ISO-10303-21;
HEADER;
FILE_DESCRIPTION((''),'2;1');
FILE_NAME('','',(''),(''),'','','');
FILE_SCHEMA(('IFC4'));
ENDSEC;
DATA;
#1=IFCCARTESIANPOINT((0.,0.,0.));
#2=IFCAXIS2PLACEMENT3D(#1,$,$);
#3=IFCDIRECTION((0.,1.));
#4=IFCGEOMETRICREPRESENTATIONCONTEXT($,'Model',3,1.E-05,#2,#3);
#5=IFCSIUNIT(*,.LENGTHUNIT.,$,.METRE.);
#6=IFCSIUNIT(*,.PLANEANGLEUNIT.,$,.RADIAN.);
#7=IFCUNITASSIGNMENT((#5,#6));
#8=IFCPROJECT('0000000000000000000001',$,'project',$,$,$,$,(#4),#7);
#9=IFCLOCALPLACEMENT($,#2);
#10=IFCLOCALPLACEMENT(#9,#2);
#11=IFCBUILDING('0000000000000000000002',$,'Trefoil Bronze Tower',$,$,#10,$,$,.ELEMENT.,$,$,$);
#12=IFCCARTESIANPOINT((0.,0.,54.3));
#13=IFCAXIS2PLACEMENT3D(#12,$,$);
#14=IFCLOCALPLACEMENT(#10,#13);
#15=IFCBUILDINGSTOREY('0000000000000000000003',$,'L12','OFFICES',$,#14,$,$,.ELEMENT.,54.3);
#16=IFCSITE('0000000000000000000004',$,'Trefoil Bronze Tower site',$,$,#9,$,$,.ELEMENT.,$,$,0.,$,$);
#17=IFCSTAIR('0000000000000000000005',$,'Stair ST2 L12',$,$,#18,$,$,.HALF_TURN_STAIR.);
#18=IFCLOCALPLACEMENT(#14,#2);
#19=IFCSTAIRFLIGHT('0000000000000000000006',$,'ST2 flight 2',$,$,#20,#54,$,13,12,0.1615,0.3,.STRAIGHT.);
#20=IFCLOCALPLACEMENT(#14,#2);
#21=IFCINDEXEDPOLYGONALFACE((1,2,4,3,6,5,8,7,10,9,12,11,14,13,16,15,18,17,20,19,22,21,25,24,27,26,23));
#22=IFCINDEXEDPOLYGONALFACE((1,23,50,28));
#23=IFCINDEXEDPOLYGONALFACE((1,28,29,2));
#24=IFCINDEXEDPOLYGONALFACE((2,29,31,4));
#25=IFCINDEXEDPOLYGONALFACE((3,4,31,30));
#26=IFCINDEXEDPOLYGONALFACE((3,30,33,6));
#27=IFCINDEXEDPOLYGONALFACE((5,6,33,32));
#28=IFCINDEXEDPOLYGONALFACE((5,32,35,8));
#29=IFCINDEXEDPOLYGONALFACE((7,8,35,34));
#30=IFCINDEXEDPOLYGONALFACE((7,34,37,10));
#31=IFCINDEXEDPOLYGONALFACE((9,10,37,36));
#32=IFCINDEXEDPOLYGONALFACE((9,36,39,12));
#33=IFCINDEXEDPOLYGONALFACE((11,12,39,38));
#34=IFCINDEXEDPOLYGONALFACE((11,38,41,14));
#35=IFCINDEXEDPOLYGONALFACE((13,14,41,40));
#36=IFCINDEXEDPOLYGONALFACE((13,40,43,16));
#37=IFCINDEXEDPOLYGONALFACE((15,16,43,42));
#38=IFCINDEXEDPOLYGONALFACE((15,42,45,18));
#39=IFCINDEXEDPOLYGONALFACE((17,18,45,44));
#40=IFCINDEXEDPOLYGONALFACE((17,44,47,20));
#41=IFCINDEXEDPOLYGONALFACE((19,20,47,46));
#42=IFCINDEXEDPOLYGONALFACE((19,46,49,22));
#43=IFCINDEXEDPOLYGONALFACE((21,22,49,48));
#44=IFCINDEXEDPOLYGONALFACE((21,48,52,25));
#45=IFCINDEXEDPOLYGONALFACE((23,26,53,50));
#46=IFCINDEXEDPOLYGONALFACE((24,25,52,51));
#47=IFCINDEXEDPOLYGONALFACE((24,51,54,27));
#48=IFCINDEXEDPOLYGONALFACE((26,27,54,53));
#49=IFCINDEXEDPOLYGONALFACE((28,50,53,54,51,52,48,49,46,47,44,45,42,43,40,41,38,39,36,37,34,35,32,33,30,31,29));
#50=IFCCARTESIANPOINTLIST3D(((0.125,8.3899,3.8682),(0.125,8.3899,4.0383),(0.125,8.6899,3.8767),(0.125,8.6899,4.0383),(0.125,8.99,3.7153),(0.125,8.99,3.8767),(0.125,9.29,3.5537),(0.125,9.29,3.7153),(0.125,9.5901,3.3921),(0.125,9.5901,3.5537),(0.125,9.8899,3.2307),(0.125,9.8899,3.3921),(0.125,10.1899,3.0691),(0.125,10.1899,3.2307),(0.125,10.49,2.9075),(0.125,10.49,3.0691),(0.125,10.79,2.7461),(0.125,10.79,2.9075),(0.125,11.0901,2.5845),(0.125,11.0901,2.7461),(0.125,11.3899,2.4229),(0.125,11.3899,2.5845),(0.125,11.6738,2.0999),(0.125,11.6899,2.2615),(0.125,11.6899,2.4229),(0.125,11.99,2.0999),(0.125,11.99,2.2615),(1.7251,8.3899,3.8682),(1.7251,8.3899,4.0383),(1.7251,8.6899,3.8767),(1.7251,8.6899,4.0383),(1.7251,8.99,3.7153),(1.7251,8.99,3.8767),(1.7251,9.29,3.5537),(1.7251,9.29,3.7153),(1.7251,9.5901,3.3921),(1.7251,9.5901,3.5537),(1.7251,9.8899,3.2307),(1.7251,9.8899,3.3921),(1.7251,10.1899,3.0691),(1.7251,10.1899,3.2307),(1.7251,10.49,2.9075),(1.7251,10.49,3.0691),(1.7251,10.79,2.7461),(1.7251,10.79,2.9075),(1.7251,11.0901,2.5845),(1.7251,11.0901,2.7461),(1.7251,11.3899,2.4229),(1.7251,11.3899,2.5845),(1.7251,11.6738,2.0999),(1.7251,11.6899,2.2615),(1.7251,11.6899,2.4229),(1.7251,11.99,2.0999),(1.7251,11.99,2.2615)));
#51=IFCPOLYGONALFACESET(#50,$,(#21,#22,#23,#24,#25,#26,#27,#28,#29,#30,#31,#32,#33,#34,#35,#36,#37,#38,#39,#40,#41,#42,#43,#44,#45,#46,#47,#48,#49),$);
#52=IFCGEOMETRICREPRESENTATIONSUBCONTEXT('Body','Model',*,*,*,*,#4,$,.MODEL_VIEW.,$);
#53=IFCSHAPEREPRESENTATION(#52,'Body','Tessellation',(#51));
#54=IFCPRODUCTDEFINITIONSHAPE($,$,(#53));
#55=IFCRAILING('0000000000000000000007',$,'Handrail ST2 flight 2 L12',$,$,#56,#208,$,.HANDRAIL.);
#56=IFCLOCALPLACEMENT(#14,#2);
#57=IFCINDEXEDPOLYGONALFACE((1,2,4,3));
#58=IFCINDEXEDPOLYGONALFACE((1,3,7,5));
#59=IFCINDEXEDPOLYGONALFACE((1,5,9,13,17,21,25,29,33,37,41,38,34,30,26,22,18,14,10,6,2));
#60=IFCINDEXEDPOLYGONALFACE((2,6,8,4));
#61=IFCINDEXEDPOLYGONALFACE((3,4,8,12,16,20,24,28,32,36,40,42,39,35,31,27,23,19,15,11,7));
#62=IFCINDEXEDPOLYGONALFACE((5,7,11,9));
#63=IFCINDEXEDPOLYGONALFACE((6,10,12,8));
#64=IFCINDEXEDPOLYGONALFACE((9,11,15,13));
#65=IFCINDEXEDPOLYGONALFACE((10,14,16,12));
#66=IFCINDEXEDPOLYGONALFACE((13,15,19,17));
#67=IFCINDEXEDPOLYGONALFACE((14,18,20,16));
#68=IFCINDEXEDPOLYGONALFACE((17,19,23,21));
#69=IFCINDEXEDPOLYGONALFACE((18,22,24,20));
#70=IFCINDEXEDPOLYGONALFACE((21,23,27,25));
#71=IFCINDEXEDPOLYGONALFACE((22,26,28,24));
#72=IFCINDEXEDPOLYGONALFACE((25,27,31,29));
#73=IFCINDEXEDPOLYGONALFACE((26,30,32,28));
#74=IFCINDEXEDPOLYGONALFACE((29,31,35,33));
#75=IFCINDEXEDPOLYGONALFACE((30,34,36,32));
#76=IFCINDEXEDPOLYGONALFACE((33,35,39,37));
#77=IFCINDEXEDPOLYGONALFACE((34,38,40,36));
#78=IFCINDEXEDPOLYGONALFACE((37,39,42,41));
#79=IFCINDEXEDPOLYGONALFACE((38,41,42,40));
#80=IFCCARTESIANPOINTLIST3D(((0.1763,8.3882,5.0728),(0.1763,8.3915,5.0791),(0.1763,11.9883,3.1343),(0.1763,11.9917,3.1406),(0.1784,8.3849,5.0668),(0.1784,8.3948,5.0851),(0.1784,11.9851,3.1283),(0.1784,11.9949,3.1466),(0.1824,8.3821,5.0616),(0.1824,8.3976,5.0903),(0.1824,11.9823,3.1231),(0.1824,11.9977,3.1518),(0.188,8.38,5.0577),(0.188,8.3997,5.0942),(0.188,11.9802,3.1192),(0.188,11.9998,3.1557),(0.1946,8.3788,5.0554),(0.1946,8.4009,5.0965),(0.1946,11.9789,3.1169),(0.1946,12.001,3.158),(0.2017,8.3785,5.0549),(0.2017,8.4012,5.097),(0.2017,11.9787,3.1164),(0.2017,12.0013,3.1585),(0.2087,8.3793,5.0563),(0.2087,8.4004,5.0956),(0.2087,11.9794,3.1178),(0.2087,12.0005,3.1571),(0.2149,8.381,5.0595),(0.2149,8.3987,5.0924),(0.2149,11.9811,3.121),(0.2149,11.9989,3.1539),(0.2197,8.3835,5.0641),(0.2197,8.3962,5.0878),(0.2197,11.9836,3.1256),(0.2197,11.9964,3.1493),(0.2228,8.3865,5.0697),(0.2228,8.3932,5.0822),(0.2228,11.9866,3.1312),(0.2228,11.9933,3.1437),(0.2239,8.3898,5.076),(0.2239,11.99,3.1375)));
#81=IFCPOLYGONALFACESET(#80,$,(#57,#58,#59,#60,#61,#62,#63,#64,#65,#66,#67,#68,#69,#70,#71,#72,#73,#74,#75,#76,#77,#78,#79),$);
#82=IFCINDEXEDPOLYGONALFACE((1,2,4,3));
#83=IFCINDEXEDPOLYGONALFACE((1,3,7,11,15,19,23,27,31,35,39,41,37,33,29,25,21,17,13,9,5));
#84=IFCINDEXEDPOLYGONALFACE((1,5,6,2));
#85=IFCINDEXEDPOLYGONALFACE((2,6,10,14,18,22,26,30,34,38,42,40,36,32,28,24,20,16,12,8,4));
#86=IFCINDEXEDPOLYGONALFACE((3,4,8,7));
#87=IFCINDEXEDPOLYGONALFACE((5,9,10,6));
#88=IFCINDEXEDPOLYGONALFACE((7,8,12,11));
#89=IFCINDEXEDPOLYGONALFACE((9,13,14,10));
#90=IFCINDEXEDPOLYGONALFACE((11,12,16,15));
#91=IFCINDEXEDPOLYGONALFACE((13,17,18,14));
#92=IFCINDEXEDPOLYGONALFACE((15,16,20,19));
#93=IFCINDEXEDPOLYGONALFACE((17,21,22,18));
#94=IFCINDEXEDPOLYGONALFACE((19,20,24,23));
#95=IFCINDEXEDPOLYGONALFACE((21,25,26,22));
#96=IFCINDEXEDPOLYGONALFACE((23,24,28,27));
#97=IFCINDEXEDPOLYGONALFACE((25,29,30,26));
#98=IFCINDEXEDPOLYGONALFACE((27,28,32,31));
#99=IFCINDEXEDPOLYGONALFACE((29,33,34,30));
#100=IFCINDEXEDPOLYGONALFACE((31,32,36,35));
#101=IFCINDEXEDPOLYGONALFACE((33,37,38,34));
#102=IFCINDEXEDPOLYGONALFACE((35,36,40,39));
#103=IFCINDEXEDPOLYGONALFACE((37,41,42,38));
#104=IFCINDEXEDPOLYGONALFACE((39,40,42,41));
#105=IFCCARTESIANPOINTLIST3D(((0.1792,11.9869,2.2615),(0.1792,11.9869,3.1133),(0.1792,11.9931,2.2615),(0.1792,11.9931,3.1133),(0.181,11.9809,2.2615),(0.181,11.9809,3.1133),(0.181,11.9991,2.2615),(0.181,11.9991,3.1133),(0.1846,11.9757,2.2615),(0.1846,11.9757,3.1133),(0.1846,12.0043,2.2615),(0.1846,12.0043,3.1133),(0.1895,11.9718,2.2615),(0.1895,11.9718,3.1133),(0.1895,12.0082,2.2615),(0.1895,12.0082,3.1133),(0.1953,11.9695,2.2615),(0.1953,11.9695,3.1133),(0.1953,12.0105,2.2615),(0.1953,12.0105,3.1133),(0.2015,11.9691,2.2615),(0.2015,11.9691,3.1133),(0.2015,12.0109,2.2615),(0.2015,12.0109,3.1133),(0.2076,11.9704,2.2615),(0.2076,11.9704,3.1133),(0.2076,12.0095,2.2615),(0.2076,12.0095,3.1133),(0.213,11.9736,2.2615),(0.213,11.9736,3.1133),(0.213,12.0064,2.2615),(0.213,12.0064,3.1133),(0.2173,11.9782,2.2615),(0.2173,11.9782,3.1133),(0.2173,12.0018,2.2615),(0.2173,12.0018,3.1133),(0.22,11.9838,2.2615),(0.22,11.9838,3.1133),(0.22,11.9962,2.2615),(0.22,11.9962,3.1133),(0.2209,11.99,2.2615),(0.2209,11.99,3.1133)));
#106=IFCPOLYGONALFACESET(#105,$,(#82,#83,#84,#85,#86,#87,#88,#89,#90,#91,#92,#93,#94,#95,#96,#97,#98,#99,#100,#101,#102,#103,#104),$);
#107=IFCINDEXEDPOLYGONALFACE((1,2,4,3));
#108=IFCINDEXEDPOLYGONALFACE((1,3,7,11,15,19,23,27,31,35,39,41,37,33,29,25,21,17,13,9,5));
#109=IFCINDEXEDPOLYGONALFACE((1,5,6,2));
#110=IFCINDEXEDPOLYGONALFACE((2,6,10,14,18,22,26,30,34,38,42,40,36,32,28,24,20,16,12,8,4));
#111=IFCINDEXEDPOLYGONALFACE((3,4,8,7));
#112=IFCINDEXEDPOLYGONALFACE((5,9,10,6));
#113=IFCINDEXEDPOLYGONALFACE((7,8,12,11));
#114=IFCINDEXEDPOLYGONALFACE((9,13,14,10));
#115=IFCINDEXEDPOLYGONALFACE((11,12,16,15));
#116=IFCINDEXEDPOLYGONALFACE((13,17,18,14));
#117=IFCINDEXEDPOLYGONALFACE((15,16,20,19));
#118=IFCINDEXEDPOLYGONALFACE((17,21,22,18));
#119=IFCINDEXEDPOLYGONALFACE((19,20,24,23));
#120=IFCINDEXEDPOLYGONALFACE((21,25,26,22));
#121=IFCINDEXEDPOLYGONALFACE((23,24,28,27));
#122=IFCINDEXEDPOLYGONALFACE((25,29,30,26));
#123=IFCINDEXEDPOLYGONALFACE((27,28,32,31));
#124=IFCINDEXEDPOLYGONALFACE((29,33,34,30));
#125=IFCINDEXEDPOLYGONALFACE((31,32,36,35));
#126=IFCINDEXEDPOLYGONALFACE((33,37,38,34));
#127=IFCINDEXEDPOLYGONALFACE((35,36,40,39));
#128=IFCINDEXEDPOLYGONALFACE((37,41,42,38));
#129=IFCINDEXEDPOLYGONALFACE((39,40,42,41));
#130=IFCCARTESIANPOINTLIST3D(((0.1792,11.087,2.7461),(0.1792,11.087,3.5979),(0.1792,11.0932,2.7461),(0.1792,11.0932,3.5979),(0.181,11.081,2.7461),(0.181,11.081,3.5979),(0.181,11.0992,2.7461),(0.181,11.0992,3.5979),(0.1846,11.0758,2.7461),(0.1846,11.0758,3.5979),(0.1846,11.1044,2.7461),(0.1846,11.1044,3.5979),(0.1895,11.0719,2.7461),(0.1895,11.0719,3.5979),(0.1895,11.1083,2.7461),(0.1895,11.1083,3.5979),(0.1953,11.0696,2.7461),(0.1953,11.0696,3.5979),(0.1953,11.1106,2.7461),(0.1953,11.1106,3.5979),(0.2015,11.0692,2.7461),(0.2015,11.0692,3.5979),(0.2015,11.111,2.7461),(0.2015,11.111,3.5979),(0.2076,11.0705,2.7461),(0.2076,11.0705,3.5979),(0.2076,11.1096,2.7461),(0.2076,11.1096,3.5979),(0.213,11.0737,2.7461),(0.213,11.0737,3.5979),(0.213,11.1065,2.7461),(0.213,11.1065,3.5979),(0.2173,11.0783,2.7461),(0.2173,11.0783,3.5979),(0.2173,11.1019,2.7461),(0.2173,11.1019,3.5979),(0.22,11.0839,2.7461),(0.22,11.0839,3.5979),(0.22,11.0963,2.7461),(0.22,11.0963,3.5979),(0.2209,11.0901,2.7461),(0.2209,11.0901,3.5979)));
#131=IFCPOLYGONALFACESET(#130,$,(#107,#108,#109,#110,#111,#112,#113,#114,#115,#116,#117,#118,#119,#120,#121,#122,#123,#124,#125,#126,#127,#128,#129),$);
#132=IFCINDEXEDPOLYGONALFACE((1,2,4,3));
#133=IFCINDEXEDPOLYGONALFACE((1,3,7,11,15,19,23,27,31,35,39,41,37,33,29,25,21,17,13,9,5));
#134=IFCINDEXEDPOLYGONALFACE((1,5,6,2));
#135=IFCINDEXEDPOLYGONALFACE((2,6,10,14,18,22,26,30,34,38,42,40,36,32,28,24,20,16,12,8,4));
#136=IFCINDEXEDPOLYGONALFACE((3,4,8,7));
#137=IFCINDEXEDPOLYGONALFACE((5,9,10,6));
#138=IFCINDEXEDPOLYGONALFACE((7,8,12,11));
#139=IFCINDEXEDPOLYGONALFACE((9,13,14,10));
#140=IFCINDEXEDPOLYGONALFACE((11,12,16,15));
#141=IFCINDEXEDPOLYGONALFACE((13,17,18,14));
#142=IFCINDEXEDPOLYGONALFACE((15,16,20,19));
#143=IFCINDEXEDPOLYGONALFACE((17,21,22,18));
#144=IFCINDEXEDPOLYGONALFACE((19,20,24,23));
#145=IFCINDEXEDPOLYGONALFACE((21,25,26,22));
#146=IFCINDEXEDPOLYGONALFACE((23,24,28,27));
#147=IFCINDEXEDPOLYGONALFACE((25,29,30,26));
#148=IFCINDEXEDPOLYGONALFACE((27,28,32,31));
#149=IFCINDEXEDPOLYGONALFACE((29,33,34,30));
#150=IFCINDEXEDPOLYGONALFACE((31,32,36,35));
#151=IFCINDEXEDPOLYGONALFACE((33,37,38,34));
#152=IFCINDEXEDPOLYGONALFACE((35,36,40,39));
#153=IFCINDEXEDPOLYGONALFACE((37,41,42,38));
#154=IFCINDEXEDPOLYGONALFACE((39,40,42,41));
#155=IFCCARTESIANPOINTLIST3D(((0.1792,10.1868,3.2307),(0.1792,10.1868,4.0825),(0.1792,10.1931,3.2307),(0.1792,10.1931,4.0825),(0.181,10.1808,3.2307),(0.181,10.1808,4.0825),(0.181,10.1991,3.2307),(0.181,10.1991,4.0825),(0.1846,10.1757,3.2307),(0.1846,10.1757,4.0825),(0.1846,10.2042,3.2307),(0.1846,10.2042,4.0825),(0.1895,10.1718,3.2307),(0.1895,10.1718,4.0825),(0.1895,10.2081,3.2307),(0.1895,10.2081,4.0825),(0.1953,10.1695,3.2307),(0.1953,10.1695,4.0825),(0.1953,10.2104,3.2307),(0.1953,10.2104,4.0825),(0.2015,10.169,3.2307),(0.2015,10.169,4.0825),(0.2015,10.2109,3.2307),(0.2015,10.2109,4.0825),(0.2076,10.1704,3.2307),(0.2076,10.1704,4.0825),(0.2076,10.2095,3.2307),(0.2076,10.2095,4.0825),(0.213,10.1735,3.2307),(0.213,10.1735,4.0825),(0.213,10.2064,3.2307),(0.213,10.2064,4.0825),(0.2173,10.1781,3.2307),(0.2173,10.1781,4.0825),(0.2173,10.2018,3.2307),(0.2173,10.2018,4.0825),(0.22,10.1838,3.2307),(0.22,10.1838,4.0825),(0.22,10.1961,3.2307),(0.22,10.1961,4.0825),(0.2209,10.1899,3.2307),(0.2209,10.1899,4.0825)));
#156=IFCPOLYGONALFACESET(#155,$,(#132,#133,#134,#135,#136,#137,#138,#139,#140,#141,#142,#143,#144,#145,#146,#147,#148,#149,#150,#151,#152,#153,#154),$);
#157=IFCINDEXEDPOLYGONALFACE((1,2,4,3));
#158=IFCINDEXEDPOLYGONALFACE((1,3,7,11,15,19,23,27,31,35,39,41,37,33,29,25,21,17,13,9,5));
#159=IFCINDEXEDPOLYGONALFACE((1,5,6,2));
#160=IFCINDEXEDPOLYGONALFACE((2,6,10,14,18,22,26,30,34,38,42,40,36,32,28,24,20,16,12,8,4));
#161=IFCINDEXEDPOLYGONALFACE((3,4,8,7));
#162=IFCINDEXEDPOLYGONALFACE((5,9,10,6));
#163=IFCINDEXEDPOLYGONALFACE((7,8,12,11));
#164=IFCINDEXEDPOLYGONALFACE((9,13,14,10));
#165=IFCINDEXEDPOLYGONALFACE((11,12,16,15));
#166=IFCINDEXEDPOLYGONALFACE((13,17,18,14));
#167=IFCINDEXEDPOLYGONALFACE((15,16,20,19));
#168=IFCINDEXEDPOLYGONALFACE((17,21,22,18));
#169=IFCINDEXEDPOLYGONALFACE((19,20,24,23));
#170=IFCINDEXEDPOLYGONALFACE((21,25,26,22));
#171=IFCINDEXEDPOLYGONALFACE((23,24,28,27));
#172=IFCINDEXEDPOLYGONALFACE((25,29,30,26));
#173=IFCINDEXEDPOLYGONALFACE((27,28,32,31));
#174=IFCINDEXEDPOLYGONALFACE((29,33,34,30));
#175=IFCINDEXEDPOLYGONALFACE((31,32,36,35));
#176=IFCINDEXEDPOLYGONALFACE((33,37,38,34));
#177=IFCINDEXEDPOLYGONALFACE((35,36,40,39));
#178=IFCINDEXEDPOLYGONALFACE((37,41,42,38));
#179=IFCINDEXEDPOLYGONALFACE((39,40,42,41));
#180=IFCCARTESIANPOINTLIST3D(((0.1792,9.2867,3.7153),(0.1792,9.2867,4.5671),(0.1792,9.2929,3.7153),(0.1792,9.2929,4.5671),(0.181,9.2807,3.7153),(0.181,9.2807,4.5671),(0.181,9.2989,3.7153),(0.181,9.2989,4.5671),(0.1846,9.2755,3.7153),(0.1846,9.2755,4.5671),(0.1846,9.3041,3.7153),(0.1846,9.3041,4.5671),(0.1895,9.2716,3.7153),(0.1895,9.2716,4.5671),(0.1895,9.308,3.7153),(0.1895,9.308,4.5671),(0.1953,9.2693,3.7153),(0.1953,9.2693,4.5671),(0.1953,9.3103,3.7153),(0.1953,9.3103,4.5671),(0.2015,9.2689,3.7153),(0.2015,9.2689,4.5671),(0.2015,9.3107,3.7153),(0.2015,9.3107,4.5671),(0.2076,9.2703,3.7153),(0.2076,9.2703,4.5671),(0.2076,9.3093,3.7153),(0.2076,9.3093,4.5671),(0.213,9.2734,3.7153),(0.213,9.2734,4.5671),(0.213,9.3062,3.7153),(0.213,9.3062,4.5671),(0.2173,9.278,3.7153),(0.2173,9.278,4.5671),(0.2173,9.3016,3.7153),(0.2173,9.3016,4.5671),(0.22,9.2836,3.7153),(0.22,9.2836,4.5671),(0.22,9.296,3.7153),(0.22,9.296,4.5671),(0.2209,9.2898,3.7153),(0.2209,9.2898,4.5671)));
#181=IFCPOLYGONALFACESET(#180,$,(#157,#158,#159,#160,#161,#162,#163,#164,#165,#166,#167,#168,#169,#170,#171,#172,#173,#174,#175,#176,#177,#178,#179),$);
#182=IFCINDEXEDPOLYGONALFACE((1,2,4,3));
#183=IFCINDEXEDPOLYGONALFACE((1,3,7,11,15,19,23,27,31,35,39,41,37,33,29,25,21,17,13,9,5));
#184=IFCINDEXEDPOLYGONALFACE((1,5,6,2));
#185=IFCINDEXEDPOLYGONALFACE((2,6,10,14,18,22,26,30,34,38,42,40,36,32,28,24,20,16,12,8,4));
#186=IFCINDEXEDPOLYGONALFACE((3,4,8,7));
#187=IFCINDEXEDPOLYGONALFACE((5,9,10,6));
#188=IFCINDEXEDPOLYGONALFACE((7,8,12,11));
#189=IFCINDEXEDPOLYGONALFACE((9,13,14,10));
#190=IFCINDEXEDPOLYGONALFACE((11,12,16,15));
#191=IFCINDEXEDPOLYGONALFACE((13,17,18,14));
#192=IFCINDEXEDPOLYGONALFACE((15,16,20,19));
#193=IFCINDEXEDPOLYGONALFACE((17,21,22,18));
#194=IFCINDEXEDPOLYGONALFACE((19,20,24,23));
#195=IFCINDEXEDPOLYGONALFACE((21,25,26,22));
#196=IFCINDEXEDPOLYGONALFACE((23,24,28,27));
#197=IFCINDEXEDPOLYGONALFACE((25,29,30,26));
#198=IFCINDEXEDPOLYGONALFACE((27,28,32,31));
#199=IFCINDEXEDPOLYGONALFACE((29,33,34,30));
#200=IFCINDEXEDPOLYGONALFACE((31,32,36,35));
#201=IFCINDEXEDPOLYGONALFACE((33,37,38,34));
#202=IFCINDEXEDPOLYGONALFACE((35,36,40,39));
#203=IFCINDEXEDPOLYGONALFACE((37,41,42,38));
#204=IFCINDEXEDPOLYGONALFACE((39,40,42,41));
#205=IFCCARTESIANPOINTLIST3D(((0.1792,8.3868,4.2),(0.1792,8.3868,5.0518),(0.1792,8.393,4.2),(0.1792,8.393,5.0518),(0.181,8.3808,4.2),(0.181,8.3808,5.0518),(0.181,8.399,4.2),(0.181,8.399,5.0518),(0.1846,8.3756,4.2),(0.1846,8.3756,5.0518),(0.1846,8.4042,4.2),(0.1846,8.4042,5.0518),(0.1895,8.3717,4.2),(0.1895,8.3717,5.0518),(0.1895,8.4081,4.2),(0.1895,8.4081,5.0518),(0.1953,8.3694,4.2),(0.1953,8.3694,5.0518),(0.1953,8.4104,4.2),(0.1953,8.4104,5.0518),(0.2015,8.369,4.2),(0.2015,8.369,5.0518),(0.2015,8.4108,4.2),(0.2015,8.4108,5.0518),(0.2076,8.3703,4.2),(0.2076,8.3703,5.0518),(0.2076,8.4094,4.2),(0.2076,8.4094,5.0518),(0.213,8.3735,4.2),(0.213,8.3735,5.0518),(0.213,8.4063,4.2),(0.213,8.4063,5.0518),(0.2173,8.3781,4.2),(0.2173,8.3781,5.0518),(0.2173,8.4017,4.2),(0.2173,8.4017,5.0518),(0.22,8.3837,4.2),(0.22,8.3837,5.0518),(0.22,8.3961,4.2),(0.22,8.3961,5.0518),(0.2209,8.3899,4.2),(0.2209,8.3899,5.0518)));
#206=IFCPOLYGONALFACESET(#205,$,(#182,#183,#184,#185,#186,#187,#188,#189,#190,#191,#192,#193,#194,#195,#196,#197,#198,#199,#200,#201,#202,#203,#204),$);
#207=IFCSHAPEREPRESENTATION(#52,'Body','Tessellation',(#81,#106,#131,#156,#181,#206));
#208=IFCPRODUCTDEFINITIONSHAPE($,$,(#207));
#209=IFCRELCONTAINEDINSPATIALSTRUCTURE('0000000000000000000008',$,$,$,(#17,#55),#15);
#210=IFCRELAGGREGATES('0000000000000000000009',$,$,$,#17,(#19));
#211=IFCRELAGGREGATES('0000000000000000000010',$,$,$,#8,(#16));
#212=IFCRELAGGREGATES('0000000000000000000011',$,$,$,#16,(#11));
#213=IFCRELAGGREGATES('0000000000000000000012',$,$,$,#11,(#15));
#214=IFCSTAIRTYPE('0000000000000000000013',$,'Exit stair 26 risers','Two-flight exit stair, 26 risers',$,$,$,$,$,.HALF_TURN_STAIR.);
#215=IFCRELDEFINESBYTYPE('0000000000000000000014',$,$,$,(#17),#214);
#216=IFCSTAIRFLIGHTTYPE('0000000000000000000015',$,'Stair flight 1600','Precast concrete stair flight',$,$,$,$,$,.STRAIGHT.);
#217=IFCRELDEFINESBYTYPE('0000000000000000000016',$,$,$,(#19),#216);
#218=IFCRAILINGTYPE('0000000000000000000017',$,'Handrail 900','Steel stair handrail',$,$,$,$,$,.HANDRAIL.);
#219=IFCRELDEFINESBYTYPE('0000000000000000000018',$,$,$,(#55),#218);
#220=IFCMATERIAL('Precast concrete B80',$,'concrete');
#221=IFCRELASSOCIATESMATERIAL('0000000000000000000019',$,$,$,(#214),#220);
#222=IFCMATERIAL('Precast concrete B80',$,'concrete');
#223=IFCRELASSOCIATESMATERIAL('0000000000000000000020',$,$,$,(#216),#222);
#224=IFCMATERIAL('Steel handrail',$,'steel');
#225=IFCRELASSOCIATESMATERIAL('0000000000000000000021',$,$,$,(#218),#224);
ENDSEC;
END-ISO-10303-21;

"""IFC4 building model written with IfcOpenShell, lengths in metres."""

from ifc_helpers import new_model, si_unit, direction, frame, origin, origin_2d, place, context, subcontext, project, spatial, polyline, circle, outline, extrude, material, type_object, element, aggregate, save


model = new_model("IFC4")

# Units and contexts
model_context = context("Model", 3, precision=1e-05, world=origin(), true_north=direction((0.0, 1.0)))
body_context = subcontext(model_context, "Body", "Model", "MODEL_VIEW")
ifc_project = project(units=[si_unit("LENGTHUNIT", "METRE"), si_unit("PLANEANGLEUNIT", "RADIAN")], contexts=[model_context])

# Site, building, storey
site_placement = place(None, origin())
site = spatial("IfcSite", under=ifc_project, at=site_placement, Name="Trefoil Bronze Tower site", CompositionType="ELEMENT", RefElevation=0.0)
building_placement = place(site_placement, origin())
building = spatial("IfcBuilding", under=site, at=building_placement, Name="Trefoil Bronze Tower", CompositionType="ELEMENT")
storey_placement = place(building_placement, frame((0.0, 0.0, 54.3)))
storey = spatial("IfcBuildingStorey", under=building, at=storey_placement, Name="L12", Description="OFFICES", CompositionType="ELEMENT", Elevation=54.3)

# Stair, stair flight
ifc_material_1 = material(Name="Precast concrete B80", Category="concrete")
stair_type = type_object("IfcStairType", Name="Exit stair 26 risers", Description="Two-flight exit stair, 26 risers", PredefinedType="HALF_TURN_STAIR", material=ifc_material_1)
stair_placement = place(storey_placement, origin())
stair = element("IfcStair", 1, at=stair_placement, inside=storey, type_object=stair_type, Name="Stair ST2 L12", PredefinedType="HALF_TURN_STAIR")
ifc_material_2 = material(Name="Precast concrete B80", Category="concrete")
stair_flight_type = type_object("IfcStairFlightType", Name="Stair flight 1600", Description="Precast concrete stair flight", PredefinedType="STRAIGHT", material=ifc_material_2)
stair_flight_placement = place(storey_placement, frame((0.925, 11.99, 2.0999), z_axis=(0.0, 0.0, 1.0), x_axis=(0.0, -1.0, 0.0)))
stair_flight = element("IfcStairFlight", 2, at=stair_flight_placement, type_object=stair_flight_type, Name="ST2 flight 2", NumberOfRisers=13, NumberOfTreads=12, PredefinedType="STRAIGHT", RiserHeight=0.1615, TreadLength=0.3, context=body_context, shape_type="SweptSolid", body=[
    extrude(outline(polyline([(0.0, 0.0), (0.0, 0.1616), (0.3, 0.1616), (0.3, 0.323), (0.6001, 0.323), (0.6001, 0.4846), (0.8999, 0.4846), (0.8999, 0.6462), (1.2, 0.6462), (1.2, 0.8076), (1.5, 0.8076), (1.5, 0.9692), (1.8, 0.9692), (1.8, 1.1309), (2.1001, 1.1309), (2.1001, 1.2922), (2.3999, 1.2922), (2.3999, 1.4539), (2.7, 1.4539), (2.7, 1.6155), (3.0, 1.6155), (3.0, 1.7769), (3.3, 1.7769), (3.3, 1.9385), (3.6001, 1.9385), (3.6001, 2.1001), (3.6001, 1.7683), (0.3162, 0.0), (0.0, 0.0)])), frame((0.0, 0.8, 0.0), z_axis=(0.0, -1.0, 0.0), x_axis=(1.0, 0.0, 0.0)), (0.0, 0.0, 1.0), 1.6001),
])
aggregate(stair, [stair_flight])

# Railing
ifc_material_3 = material(Name="Steel handrail", Category="steel")
railing_type = type_object("IfcRailingType", Name="Handrail 900", Description="Steel stair handrail", PredefinedType="HANDRAIL", material=ifc_material_3)
railing_placement = place(storey_placement, frame((0.2, 11.99, 2.2615)))
element("IfcRailing", 3, at=railing_placement, inside=storey, type_object=railing_type, Name="Handrail ST2 flight 2 L12", PredefinedType="HANDRAIL", context=body_context, shape_type="SweptSolid", body=[
    extrude(circle(Radius=0.0239, at=origin_2d()), frame((0.0, 0.0, 0.876), z_axis=(0.0, -0.880475, 0.474093), x_axis=(1.0, 0.0, 0.0)), (0.0, 0.0, 1.0), 4.0889),
    extrude(circle(Radius=0.021, at=origin_2d()), origin(), (0.0, 0.0, 1.0), 0.8518),
    extrude(circle(Radius=0.021, at=origin_2d()), frame((0.0, -0.8999, 0.4846)), (0.0, 0.0, 1.0), 0.8518),
    extrude(circle(Radius=0.021, at=origin_2d()), frame((0.0, -1.8, 0.9692)), (0.0, 0.0, 1.0), 0.8518),
    extrude(circle(Radius=0.021, at=origin_2d()), frame((0.0, -2.7002, 1.4539)), (0.0, 0.0, 1.0), 0.8518),
    extrude(circle(Radius=0.021, at=origin_2d()), frame((0.0, -3.6001, 1.9385)), (0.0, 0.0, 1.0), 0.8518),
])

save(model, "model.ifc")
